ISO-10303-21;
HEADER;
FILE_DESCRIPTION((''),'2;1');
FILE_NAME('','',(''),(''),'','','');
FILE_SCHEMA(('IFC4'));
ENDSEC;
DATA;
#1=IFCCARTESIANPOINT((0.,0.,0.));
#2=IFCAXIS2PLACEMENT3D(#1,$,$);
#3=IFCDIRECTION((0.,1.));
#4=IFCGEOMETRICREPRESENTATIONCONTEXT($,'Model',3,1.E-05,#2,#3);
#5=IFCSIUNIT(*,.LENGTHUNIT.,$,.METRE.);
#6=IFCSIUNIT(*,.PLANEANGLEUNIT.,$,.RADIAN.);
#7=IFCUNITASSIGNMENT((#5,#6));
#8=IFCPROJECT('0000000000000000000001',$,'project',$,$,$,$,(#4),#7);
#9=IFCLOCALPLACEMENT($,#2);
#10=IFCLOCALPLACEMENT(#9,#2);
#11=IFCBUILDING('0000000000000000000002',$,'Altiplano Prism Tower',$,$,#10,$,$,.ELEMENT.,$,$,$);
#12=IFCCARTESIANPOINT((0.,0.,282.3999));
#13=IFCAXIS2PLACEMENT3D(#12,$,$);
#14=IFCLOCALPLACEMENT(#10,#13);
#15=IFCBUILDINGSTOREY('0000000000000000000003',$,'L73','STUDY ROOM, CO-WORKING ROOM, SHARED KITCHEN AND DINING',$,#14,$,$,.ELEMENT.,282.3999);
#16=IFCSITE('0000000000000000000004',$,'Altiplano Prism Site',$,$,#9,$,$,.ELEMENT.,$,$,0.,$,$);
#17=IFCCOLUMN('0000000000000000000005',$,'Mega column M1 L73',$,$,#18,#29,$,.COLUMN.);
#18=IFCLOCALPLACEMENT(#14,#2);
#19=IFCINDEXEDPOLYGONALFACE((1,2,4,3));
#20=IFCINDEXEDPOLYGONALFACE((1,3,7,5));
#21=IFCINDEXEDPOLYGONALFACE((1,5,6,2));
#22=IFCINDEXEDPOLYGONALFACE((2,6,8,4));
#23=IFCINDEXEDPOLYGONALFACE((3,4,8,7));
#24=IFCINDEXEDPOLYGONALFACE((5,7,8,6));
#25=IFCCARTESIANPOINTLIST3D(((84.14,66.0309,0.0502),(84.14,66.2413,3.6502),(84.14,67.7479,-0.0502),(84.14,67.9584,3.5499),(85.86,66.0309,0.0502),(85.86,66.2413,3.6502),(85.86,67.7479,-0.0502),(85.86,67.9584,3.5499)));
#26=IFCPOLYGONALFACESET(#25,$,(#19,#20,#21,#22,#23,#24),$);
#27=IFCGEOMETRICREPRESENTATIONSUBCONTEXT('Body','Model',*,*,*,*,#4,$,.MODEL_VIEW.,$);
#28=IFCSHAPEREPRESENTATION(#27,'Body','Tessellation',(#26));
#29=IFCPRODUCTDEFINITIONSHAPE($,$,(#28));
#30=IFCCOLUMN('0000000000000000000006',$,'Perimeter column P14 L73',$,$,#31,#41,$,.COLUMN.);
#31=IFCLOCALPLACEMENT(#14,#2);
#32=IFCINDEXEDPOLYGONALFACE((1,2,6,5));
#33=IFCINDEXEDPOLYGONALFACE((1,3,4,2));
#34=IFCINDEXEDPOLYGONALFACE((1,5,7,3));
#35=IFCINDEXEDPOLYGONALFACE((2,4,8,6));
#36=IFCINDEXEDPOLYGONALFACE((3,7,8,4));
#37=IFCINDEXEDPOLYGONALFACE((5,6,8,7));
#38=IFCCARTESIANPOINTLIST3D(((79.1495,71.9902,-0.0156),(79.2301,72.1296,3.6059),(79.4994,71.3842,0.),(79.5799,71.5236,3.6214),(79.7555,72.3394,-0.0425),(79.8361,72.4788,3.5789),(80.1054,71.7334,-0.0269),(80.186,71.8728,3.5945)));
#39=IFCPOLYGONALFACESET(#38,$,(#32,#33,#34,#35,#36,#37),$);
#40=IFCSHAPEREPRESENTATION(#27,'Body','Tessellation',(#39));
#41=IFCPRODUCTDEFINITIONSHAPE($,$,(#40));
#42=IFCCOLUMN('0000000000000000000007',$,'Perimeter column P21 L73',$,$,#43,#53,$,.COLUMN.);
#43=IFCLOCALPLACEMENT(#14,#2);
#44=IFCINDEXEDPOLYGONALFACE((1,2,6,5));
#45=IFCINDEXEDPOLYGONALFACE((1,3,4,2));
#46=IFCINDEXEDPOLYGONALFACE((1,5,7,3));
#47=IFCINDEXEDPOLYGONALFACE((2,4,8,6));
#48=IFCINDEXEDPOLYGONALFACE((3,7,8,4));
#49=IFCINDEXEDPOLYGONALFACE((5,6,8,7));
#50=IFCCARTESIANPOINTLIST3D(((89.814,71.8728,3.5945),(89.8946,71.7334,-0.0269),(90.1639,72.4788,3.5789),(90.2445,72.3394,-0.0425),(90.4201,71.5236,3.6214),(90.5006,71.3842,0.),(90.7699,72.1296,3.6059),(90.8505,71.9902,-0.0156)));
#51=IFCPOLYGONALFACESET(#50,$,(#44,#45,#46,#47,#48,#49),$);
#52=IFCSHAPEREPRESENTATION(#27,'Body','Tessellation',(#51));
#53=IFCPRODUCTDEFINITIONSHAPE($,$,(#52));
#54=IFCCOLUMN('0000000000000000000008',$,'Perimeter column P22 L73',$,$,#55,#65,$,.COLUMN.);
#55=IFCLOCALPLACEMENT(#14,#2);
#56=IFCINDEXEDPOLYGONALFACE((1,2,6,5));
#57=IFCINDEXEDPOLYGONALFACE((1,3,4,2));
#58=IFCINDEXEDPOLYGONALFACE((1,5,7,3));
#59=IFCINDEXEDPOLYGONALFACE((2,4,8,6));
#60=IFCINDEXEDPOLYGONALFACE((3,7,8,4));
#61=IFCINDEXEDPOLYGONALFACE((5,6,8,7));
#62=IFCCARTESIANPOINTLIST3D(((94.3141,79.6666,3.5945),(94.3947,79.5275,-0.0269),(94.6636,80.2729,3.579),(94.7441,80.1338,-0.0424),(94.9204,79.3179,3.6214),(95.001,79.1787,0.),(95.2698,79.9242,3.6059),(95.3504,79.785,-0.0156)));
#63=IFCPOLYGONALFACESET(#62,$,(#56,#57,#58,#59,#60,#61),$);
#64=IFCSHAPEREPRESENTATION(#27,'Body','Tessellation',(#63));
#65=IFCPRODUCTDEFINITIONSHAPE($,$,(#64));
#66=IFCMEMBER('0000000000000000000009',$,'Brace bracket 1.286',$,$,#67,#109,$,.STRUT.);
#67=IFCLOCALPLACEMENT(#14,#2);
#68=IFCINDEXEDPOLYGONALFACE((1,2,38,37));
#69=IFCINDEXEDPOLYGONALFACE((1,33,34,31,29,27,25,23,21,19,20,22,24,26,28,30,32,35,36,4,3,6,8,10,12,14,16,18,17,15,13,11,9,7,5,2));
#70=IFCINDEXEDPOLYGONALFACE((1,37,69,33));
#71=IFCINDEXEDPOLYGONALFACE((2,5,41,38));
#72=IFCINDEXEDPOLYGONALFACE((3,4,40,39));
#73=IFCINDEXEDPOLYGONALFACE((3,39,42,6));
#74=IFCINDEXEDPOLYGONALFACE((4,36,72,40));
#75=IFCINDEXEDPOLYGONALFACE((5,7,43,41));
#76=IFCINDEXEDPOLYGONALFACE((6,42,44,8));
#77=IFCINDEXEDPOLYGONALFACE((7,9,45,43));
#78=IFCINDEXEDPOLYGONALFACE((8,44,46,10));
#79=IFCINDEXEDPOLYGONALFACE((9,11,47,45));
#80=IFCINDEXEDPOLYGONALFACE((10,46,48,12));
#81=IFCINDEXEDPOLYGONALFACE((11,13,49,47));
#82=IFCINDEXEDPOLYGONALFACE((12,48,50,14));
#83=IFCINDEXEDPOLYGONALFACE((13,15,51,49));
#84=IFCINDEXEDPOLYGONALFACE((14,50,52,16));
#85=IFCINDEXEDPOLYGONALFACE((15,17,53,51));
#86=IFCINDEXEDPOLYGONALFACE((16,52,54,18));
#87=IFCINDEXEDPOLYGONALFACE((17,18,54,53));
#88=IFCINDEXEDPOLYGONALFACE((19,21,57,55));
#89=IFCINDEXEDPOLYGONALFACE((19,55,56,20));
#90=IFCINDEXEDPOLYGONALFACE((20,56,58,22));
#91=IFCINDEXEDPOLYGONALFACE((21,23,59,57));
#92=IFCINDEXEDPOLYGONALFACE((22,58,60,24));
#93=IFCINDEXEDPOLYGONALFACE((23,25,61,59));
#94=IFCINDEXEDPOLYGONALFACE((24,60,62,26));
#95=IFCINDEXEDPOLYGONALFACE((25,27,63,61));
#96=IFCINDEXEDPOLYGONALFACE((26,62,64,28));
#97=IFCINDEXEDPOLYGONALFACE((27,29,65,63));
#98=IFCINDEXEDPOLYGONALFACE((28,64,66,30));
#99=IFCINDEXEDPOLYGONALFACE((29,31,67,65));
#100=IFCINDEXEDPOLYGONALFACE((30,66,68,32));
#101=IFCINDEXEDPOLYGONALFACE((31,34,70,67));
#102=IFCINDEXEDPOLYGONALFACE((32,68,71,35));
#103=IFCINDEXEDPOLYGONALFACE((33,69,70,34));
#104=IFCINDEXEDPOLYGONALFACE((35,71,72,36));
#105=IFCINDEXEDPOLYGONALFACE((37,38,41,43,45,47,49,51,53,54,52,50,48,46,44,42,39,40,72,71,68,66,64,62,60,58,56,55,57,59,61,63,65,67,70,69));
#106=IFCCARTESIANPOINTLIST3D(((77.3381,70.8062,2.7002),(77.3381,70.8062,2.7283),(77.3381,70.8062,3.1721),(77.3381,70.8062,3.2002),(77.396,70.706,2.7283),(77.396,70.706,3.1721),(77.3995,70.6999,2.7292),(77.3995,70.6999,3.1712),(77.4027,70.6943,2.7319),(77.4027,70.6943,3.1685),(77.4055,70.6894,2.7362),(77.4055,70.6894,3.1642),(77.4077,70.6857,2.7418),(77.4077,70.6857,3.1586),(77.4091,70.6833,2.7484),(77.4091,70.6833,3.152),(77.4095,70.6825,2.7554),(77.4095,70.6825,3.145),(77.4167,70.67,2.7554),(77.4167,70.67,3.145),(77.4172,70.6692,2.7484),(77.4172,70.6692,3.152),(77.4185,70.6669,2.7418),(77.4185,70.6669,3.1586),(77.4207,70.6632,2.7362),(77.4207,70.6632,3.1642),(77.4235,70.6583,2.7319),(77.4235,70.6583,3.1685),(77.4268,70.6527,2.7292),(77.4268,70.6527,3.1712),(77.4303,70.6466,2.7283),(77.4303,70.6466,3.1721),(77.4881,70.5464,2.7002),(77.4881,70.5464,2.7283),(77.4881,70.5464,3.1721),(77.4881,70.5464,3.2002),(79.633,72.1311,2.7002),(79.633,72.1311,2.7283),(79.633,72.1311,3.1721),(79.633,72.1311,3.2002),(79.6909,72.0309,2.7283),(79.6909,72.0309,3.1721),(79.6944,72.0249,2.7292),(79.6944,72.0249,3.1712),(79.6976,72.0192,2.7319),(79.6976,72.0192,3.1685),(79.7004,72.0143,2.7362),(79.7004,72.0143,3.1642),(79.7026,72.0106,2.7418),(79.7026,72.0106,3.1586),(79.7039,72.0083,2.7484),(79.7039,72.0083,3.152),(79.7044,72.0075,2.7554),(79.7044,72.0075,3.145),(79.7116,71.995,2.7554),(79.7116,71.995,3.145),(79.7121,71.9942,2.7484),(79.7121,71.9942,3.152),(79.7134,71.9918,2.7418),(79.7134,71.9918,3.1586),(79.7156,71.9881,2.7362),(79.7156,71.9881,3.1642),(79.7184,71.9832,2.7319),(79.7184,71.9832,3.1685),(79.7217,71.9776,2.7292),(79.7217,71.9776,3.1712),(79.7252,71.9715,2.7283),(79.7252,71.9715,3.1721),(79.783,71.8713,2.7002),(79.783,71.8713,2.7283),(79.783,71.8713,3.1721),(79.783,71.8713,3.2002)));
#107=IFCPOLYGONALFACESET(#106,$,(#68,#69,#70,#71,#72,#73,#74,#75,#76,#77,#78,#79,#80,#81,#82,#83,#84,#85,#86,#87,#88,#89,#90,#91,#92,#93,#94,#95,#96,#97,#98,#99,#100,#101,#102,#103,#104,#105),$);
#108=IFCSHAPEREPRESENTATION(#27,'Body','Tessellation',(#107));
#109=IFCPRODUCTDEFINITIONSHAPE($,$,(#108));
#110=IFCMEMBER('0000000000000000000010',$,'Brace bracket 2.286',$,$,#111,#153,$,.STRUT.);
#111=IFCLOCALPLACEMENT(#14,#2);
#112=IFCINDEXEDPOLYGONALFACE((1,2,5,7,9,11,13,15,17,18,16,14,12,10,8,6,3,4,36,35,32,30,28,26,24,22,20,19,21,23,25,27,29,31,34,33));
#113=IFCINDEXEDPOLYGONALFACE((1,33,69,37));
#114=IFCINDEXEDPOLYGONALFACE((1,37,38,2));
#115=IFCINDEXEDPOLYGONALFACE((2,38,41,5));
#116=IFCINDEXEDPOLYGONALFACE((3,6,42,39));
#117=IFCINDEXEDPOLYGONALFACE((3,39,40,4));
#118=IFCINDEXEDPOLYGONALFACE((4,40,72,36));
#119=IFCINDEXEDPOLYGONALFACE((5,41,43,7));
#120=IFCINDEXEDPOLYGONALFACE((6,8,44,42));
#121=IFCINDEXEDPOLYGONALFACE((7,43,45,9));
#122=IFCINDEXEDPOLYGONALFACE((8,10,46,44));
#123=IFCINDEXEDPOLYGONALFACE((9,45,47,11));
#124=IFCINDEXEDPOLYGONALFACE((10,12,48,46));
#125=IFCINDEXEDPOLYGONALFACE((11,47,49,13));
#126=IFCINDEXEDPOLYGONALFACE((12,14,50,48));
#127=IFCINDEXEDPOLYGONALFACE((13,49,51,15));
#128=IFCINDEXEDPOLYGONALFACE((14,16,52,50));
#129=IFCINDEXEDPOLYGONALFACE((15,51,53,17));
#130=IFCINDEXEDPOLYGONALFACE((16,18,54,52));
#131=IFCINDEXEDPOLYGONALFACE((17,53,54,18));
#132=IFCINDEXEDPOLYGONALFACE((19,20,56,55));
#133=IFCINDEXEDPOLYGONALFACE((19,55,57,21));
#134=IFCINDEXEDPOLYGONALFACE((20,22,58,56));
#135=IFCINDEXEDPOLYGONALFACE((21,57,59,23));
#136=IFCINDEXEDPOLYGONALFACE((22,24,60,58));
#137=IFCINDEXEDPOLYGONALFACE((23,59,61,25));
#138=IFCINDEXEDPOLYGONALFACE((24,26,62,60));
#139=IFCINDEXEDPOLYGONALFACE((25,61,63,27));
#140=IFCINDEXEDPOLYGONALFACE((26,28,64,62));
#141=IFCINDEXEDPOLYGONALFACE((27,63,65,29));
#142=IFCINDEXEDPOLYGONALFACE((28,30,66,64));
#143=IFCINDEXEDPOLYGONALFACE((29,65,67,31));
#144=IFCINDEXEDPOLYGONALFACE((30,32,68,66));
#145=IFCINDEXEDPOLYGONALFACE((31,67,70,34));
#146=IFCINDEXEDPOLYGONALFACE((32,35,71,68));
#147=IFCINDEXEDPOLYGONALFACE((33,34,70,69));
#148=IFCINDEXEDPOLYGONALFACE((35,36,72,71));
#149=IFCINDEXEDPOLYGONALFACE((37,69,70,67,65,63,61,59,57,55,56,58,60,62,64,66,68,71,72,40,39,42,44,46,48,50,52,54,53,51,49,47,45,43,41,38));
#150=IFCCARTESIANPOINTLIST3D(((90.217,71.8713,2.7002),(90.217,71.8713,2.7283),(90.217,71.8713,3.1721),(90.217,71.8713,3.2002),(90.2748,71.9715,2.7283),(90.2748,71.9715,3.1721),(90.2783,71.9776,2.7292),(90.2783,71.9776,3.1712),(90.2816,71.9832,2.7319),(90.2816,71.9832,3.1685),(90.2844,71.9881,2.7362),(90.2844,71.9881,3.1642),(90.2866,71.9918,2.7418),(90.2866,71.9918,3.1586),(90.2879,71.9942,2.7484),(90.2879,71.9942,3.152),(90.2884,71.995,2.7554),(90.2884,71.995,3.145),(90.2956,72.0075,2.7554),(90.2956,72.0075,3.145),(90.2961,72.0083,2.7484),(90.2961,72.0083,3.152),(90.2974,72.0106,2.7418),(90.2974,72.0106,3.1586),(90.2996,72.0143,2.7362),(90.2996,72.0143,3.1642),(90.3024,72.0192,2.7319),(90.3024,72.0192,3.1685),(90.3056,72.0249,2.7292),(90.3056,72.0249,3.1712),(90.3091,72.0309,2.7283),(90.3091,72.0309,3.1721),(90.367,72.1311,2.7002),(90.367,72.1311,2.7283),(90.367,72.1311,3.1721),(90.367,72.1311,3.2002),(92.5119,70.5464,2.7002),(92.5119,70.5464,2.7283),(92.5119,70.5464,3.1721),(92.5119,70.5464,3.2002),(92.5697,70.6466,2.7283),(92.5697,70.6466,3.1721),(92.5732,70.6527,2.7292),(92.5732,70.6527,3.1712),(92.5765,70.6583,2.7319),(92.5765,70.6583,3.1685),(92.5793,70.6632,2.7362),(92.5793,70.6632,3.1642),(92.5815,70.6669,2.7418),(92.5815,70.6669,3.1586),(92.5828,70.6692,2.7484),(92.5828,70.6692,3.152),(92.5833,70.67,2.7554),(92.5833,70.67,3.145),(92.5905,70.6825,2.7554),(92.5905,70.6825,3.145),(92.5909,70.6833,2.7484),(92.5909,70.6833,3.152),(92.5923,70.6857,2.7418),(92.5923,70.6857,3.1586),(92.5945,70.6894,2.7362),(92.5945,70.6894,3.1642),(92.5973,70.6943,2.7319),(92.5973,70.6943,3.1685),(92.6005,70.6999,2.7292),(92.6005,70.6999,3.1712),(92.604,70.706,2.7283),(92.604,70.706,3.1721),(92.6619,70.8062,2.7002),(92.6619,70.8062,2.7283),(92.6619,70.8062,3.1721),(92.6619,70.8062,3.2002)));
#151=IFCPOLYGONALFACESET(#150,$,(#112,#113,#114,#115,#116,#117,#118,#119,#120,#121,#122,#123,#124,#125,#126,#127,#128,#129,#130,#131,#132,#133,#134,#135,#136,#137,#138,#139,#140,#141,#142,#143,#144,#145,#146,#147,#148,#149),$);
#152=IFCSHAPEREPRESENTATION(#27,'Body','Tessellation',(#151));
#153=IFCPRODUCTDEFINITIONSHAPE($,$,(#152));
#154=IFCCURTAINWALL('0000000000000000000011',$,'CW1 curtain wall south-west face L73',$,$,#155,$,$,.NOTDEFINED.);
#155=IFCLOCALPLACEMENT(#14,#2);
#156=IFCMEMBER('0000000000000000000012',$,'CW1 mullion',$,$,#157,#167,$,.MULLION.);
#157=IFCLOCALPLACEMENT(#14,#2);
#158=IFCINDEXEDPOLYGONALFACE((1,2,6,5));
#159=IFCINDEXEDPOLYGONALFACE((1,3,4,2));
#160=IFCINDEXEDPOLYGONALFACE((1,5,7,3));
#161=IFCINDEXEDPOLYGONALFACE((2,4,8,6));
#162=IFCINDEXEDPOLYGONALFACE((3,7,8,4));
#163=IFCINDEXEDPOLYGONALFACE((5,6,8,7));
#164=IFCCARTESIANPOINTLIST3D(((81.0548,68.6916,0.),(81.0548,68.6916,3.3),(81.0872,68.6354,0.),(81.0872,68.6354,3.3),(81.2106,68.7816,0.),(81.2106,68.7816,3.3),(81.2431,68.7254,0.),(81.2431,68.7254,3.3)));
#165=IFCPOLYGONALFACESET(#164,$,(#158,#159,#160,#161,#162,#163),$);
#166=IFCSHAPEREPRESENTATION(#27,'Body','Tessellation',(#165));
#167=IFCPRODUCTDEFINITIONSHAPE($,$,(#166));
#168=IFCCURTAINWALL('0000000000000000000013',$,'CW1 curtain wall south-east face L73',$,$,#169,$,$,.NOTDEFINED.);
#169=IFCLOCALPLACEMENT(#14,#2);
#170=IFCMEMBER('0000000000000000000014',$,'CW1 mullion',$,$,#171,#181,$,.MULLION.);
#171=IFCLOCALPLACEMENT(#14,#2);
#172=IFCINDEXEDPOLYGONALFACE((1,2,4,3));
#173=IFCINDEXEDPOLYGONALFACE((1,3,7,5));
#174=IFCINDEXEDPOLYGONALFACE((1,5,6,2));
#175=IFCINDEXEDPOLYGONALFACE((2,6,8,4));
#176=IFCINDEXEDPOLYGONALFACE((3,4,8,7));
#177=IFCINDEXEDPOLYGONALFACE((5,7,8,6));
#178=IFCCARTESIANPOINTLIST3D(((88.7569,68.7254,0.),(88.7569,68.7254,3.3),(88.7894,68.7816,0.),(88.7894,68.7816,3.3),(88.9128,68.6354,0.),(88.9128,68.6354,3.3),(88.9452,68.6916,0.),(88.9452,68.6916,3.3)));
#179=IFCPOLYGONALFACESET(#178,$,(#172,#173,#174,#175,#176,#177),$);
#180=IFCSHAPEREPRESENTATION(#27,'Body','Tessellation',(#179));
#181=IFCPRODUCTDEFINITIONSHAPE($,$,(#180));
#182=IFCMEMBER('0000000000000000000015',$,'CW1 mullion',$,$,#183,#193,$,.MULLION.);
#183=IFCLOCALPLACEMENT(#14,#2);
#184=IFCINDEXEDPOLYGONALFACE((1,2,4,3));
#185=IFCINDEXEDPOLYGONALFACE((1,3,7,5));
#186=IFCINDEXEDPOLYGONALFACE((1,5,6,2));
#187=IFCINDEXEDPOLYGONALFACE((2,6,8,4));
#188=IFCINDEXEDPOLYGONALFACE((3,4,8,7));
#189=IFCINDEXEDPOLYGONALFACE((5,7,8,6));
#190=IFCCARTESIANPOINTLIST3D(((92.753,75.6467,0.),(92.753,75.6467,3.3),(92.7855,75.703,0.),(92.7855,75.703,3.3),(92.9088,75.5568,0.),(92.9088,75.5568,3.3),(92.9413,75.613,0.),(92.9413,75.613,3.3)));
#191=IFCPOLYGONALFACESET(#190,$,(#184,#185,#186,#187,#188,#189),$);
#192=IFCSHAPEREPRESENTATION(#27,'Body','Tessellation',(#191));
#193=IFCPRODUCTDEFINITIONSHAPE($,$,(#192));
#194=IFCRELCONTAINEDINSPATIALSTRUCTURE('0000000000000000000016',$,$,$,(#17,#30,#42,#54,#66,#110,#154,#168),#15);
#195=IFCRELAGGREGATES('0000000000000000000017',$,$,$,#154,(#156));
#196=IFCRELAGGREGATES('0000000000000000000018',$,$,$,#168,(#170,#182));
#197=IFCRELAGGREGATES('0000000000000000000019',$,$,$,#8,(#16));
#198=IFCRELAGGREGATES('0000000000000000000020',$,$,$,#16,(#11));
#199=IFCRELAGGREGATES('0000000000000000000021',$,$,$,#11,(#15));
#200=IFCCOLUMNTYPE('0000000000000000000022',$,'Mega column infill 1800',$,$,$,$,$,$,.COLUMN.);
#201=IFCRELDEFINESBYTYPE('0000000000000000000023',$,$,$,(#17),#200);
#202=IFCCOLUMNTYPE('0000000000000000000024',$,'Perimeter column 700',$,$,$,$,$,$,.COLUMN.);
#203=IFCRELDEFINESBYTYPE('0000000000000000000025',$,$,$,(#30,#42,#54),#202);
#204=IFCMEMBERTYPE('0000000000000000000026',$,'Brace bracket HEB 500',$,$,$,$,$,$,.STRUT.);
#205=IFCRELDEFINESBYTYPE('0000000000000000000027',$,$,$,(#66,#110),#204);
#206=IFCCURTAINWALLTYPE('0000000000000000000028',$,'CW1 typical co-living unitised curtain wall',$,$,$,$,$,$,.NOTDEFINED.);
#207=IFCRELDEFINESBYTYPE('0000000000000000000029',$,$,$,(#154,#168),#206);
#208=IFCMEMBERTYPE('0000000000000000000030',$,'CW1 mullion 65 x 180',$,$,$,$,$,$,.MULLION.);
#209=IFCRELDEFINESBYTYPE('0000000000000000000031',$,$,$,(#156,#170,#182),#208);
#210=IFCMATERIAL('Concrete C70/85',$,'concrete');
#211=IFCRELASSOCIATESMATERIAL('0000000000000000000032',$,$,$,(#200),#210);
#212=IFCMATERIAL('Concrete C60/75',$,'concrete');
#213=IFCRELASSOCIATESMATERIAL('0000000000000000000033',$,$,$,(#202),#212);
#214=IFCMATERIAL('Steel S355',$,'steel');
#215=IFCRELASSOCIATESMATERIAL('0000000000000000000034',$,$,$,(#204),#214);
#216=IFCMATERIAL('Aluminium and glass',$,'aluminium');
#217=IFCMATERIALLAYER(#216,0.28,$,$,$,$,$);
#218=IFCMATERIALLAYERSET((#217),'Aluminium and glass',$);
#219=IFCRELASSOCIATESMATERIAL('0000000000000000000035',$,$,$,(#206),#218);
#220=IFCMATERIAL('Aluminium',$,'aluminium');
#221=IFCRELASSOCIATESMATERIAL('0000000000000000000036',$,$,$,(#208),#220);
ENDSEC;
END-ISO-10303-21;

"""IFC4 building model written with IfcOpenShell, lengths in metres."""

from ifc_helpers import new_model, si_unit, direction, frame, origin, origin_2d, place, context, subcontext, project, spatial, rectangle, i_section, extrude, material, layer, layer_set, material_profile, profile_set, type_object, element, aggregate, save


model = new_model("IFC4")

# Units and contexts
model_context = context("Model", 3, precision=1e-05, world=origin(), true_north=direction((0.0, 1.0)))
body_context = subcontext(model_context, "Body", "Model", "MODEL_VIEW")
ifc_project = project(units=[si_unit("LENGTHUNIT", "METRE"), si_unit("PLANEANGLEUNIT", "RADIAN")], contexts=[model_context])

# Site, building, storey
site_placement = place(None, origin())
site = spatial("IfcSite", under=ifc_project, at=site_placement, Name="Altiplano Prism Site", CompositionType="ELEMENT", RefElevation=0.0)
building_placement = place(site_placement, origin())
building = spatial("IfcBuilding", under=site, at=building_placement, Name="Altiplano Prism Tower", CompositionType="ELEMENT")
storey_placement = place(building_placement, frame((0.0, 0.0, 282.3999)))
storey = spatial("IfcBuildingStorey", under=building, at=storey_placement, Name="L73", Description="STUDY ROOM, CO-WORKING ROOM, SHARED KITCHEN AND DINING", CompositionType="ELEMENT", Elevation=282.3999)

# Columns
ifc_material_1 = material(Name="Concrete C70/85", Category="concrete")
ifc_material_profile_1 = material_profile(ifc_material_1, rectangle(XDim=1.72, YDim=1.72, at=origin_2d()), Name="Mega column infill 1800")
ifc_profile_set_1 = profile_set([ifc_material_profile_1], Name="Concrete C70/85")
column_type_1 = type_object("IfcColumnType", Name="Mega column infill 1800", PredefinedType="COLUMN", material=ifc_profile_set_1)
column_placement = place(storey_placement, frame((85.0, 66.8894, 0.0), z_axis=(0.0, 0.058357, 0.998296), x_axis=(-1.0, 0.0, 0.0)))
element("IfcColumn", 1, at=column_placement, inside=storey, type_object=column_type_1, Name="Mega column M1 L73", PredefinedType="COLUMN", context=body_context, shape_type="SweptSolid", body=[
    extrude(rectangle(XDim=1.72, YDim=1.72, at=origin_2d()), origin(), (0.0, 0.0, 1.0), 3.6062),
])
ifc_material_2 = material(Name="Concrete C60/75", Category="concrete")
ifc_material_profile_2 = material_profile(ifc_material_2, rectangle(XDim=0.7, YDim=0.7, at=origin_2d()), Name="Perimeter column 700")
ifc_profile_set_2 = profile_set([ifc_material_profile_2], Name="Concrete C60/75")
column_type_2 = type_object("IfcColumnType", Name="Perimeter column 700", PredefinedType="COLUMN", material=ifc_profile_set_2)
for number, where, z_axis, x_axis, name in (
    (2, (79.6274, 71.8618, -0.0212), (0.022226, 0.038457, 0.999013), (-0.865816, -0.498881, 0.038467), "Perimeter column P14 L73"),
    (3, (90.3726, 71.8618, -0.0212), (-0.022226, 0.038457, 0.999013), (-0.499868, -0.865817, 0.022209), "Perimeter column P21 L73"),
    (4, (94.8726, 79.6562, -0.0212), (-0.022226, 0.03839, 0.999016), (-0.499207, -0.866199, 0.02218), "Perimeter column P22 L73"),
):
    element("IfcColumn", number, at=place(storey_placement, frame(where, z_axis=z_axis, x_axis=x_axis)), inside=storey, type_object=column_type_2, Name=name, PredefinedType="COLUMN", context=body_context, shape_type="SweptSolid", body=[
        extrude(rectangle(XDim=0.7, YDim=0.7, at=origin_2d()), origin(), (0.0, 0.0, 1.0), 3.625),
    ])

# Members
ifc_material_3 = material(Name="Steel S355", Category="steel")
ifc_material_profile_3 = material_profile(ifc_material_3, i_section(OverallWidth=0.3, OverallDepth=0.5, WebThickness=0.0144, FlangeThickness=0.0281, FilletRadius=0.0271, at=origin_2d()), Name="Brace bracket HEB 500")
ifc_profile_set_3 = profile_set([ifc_material_profile_3], Name="Steel S355")
member_type_1 = type_object("IfcMemberType", Name="Brace bracket HEB 500", PredefinedType="STRUT", material=ifc_profile_set_3)
for number, where, z_axis, x_axis, name in (
    (5, (79.708, 72.0012, 2.9502), (-0.866029, -0.499994, 0.0), (0.499994, -0.866029, 0.0), "Brace bracket 1.286"),
    (6, (90.292, 72.0012, 2.9502), (0.866029, -0.499994, 0.0), (0.499994, 0.866029, 0.0), "Brace bracket 2.286"),
):
    element("IfcMember", number, at=place(storey_placement, frame(where, z_axis=z_axis, x_axis=x_axis)), inside=storey, type_object=member_type_1, Name=name, PredefinedType="STRUT", context=body_context, shape_type="SweptSolid", body=[
        extrude(i_section(OverallWidth=0.3, OverallDepth=0.5, WebThickness=0.0144, FlangeThickness=0.0281, FilletRadius=0.0271, at=origin_2d()), origin(), (0.0, 0.0, 1.0), 2.6499),
    ])

# Curtain wall, member
ifc_material_4 = material(Name="Aluminium and glass", Category="aluminium")
ifc_layer_1 = layer(ifc_material_4, 0.28)
ifc_layer_set_1 = layer_set([ifc_layer_1], Name="Aluminium and glass")
curtain_wall_type = type_object("IfcCurtainWallType", Name="CW1 typical co-living unitised curtain wall", PredefinedType="NOTDEFINED", material=ifc_layer_set_1)
curtain_wall_1_placement = place(storey_placement, origin())
curtain_wall_1 = element("IfcCurtainWall", 7, at=curtain_wall_1_placement, inside=storey, type_object=curtain_wall_type, Name="CW1 curtain wall south-west face L73", PredefinedType="NOTDEFINED")
ifc_material_5 = material(Name="Aluminium", Category="aluminium")
ifc_material_profile_4 = material_profile(ifc_material_5, rectangle(XDim=0.1799, YDim=0.0649, at=origin_2d()), Name="CW1 mullion 65 x 180")
ifc_profile_set_4 = profile_set([ifc_material_profile_4], Name="Aluminium")
member_type_2 = type_object("IfcMemberType", Name="CW1 mullion 65 x 180", PredefinedType="MULLION", material=ifc_profile_set_4)
member_1_placement = place(storey_placement, frame((81.1489, 68.7085, 0.0), z_axis=(0.0, 0.0, 1.0), x_axis=(0.866025, 0.5, 0.0)))
member_1 = element("IfcMember", 8, at=member_1_placement, type_object=member_type_2, Name="CW1 mullion", PredefinedType="MULLION", context=body_context, shape_type="SweptSolid", body=[
    extrude(rectangle(XDim=0.1799, YDim=0.0649, at=origin_2d()), origin(), (0.0, 0.0, 1.0), 3.3),
])

# Curtain wall, members
curtain_wall_2_placement = place(storey_placement, origin())
curtain_wall_2 = element("IfcCurtainWall", 9, at=curtain_wall_2_placement, inside=storey, type_object=curtain_wall_type, Name="CW1 curtain wall south-east face L73", PredefinedType="NOTDEFINED")
member_2_placement = place(storey_placement, frame((88.8511, 68.7085, 0.0), z_axis=(0.0, 0.0, 1.0), x_axis=(-0.866025, 0.5, 0.0)))
member_2 = element("IfcMember", 10, at=member_2_placement, type_object=member_type_2, Name="CW1 mullion", PredefinedType="MULLION", context=body_context, shape_type="SweptSolid", body=[
    extrude(rectangle(XDim=0.1799, YDim=0.0649, at=origin_2d()), origin(), (0.0, 0.0, 1.0), 3.3),
])
member_3_placement = place(storey_placement, frame((92.8472, 75.6299, 0.0), z_axis=(0.0, 0.0, 1.0), x_axis=(-0.866025, 0.5, 0.0)))
member_3 = element("IfcMember", 11, at=member_3_placement, type_object=member_type_2, Name="CW1 mullion", PredefinedType="MULLION", context=body_context, shape_type="SweptSolid", body=[
    extrude(rectangle(XDim=0.1799, YDim=0.0649, at=origin_2d()), origin(), (0.0, 0.0, 1.0), 3.3),
])

aggregate(curtain_wall_1, [member_1])
aggregate(curtain_wall_2, [member_2, member_3])

save(model, "model.ifc")
